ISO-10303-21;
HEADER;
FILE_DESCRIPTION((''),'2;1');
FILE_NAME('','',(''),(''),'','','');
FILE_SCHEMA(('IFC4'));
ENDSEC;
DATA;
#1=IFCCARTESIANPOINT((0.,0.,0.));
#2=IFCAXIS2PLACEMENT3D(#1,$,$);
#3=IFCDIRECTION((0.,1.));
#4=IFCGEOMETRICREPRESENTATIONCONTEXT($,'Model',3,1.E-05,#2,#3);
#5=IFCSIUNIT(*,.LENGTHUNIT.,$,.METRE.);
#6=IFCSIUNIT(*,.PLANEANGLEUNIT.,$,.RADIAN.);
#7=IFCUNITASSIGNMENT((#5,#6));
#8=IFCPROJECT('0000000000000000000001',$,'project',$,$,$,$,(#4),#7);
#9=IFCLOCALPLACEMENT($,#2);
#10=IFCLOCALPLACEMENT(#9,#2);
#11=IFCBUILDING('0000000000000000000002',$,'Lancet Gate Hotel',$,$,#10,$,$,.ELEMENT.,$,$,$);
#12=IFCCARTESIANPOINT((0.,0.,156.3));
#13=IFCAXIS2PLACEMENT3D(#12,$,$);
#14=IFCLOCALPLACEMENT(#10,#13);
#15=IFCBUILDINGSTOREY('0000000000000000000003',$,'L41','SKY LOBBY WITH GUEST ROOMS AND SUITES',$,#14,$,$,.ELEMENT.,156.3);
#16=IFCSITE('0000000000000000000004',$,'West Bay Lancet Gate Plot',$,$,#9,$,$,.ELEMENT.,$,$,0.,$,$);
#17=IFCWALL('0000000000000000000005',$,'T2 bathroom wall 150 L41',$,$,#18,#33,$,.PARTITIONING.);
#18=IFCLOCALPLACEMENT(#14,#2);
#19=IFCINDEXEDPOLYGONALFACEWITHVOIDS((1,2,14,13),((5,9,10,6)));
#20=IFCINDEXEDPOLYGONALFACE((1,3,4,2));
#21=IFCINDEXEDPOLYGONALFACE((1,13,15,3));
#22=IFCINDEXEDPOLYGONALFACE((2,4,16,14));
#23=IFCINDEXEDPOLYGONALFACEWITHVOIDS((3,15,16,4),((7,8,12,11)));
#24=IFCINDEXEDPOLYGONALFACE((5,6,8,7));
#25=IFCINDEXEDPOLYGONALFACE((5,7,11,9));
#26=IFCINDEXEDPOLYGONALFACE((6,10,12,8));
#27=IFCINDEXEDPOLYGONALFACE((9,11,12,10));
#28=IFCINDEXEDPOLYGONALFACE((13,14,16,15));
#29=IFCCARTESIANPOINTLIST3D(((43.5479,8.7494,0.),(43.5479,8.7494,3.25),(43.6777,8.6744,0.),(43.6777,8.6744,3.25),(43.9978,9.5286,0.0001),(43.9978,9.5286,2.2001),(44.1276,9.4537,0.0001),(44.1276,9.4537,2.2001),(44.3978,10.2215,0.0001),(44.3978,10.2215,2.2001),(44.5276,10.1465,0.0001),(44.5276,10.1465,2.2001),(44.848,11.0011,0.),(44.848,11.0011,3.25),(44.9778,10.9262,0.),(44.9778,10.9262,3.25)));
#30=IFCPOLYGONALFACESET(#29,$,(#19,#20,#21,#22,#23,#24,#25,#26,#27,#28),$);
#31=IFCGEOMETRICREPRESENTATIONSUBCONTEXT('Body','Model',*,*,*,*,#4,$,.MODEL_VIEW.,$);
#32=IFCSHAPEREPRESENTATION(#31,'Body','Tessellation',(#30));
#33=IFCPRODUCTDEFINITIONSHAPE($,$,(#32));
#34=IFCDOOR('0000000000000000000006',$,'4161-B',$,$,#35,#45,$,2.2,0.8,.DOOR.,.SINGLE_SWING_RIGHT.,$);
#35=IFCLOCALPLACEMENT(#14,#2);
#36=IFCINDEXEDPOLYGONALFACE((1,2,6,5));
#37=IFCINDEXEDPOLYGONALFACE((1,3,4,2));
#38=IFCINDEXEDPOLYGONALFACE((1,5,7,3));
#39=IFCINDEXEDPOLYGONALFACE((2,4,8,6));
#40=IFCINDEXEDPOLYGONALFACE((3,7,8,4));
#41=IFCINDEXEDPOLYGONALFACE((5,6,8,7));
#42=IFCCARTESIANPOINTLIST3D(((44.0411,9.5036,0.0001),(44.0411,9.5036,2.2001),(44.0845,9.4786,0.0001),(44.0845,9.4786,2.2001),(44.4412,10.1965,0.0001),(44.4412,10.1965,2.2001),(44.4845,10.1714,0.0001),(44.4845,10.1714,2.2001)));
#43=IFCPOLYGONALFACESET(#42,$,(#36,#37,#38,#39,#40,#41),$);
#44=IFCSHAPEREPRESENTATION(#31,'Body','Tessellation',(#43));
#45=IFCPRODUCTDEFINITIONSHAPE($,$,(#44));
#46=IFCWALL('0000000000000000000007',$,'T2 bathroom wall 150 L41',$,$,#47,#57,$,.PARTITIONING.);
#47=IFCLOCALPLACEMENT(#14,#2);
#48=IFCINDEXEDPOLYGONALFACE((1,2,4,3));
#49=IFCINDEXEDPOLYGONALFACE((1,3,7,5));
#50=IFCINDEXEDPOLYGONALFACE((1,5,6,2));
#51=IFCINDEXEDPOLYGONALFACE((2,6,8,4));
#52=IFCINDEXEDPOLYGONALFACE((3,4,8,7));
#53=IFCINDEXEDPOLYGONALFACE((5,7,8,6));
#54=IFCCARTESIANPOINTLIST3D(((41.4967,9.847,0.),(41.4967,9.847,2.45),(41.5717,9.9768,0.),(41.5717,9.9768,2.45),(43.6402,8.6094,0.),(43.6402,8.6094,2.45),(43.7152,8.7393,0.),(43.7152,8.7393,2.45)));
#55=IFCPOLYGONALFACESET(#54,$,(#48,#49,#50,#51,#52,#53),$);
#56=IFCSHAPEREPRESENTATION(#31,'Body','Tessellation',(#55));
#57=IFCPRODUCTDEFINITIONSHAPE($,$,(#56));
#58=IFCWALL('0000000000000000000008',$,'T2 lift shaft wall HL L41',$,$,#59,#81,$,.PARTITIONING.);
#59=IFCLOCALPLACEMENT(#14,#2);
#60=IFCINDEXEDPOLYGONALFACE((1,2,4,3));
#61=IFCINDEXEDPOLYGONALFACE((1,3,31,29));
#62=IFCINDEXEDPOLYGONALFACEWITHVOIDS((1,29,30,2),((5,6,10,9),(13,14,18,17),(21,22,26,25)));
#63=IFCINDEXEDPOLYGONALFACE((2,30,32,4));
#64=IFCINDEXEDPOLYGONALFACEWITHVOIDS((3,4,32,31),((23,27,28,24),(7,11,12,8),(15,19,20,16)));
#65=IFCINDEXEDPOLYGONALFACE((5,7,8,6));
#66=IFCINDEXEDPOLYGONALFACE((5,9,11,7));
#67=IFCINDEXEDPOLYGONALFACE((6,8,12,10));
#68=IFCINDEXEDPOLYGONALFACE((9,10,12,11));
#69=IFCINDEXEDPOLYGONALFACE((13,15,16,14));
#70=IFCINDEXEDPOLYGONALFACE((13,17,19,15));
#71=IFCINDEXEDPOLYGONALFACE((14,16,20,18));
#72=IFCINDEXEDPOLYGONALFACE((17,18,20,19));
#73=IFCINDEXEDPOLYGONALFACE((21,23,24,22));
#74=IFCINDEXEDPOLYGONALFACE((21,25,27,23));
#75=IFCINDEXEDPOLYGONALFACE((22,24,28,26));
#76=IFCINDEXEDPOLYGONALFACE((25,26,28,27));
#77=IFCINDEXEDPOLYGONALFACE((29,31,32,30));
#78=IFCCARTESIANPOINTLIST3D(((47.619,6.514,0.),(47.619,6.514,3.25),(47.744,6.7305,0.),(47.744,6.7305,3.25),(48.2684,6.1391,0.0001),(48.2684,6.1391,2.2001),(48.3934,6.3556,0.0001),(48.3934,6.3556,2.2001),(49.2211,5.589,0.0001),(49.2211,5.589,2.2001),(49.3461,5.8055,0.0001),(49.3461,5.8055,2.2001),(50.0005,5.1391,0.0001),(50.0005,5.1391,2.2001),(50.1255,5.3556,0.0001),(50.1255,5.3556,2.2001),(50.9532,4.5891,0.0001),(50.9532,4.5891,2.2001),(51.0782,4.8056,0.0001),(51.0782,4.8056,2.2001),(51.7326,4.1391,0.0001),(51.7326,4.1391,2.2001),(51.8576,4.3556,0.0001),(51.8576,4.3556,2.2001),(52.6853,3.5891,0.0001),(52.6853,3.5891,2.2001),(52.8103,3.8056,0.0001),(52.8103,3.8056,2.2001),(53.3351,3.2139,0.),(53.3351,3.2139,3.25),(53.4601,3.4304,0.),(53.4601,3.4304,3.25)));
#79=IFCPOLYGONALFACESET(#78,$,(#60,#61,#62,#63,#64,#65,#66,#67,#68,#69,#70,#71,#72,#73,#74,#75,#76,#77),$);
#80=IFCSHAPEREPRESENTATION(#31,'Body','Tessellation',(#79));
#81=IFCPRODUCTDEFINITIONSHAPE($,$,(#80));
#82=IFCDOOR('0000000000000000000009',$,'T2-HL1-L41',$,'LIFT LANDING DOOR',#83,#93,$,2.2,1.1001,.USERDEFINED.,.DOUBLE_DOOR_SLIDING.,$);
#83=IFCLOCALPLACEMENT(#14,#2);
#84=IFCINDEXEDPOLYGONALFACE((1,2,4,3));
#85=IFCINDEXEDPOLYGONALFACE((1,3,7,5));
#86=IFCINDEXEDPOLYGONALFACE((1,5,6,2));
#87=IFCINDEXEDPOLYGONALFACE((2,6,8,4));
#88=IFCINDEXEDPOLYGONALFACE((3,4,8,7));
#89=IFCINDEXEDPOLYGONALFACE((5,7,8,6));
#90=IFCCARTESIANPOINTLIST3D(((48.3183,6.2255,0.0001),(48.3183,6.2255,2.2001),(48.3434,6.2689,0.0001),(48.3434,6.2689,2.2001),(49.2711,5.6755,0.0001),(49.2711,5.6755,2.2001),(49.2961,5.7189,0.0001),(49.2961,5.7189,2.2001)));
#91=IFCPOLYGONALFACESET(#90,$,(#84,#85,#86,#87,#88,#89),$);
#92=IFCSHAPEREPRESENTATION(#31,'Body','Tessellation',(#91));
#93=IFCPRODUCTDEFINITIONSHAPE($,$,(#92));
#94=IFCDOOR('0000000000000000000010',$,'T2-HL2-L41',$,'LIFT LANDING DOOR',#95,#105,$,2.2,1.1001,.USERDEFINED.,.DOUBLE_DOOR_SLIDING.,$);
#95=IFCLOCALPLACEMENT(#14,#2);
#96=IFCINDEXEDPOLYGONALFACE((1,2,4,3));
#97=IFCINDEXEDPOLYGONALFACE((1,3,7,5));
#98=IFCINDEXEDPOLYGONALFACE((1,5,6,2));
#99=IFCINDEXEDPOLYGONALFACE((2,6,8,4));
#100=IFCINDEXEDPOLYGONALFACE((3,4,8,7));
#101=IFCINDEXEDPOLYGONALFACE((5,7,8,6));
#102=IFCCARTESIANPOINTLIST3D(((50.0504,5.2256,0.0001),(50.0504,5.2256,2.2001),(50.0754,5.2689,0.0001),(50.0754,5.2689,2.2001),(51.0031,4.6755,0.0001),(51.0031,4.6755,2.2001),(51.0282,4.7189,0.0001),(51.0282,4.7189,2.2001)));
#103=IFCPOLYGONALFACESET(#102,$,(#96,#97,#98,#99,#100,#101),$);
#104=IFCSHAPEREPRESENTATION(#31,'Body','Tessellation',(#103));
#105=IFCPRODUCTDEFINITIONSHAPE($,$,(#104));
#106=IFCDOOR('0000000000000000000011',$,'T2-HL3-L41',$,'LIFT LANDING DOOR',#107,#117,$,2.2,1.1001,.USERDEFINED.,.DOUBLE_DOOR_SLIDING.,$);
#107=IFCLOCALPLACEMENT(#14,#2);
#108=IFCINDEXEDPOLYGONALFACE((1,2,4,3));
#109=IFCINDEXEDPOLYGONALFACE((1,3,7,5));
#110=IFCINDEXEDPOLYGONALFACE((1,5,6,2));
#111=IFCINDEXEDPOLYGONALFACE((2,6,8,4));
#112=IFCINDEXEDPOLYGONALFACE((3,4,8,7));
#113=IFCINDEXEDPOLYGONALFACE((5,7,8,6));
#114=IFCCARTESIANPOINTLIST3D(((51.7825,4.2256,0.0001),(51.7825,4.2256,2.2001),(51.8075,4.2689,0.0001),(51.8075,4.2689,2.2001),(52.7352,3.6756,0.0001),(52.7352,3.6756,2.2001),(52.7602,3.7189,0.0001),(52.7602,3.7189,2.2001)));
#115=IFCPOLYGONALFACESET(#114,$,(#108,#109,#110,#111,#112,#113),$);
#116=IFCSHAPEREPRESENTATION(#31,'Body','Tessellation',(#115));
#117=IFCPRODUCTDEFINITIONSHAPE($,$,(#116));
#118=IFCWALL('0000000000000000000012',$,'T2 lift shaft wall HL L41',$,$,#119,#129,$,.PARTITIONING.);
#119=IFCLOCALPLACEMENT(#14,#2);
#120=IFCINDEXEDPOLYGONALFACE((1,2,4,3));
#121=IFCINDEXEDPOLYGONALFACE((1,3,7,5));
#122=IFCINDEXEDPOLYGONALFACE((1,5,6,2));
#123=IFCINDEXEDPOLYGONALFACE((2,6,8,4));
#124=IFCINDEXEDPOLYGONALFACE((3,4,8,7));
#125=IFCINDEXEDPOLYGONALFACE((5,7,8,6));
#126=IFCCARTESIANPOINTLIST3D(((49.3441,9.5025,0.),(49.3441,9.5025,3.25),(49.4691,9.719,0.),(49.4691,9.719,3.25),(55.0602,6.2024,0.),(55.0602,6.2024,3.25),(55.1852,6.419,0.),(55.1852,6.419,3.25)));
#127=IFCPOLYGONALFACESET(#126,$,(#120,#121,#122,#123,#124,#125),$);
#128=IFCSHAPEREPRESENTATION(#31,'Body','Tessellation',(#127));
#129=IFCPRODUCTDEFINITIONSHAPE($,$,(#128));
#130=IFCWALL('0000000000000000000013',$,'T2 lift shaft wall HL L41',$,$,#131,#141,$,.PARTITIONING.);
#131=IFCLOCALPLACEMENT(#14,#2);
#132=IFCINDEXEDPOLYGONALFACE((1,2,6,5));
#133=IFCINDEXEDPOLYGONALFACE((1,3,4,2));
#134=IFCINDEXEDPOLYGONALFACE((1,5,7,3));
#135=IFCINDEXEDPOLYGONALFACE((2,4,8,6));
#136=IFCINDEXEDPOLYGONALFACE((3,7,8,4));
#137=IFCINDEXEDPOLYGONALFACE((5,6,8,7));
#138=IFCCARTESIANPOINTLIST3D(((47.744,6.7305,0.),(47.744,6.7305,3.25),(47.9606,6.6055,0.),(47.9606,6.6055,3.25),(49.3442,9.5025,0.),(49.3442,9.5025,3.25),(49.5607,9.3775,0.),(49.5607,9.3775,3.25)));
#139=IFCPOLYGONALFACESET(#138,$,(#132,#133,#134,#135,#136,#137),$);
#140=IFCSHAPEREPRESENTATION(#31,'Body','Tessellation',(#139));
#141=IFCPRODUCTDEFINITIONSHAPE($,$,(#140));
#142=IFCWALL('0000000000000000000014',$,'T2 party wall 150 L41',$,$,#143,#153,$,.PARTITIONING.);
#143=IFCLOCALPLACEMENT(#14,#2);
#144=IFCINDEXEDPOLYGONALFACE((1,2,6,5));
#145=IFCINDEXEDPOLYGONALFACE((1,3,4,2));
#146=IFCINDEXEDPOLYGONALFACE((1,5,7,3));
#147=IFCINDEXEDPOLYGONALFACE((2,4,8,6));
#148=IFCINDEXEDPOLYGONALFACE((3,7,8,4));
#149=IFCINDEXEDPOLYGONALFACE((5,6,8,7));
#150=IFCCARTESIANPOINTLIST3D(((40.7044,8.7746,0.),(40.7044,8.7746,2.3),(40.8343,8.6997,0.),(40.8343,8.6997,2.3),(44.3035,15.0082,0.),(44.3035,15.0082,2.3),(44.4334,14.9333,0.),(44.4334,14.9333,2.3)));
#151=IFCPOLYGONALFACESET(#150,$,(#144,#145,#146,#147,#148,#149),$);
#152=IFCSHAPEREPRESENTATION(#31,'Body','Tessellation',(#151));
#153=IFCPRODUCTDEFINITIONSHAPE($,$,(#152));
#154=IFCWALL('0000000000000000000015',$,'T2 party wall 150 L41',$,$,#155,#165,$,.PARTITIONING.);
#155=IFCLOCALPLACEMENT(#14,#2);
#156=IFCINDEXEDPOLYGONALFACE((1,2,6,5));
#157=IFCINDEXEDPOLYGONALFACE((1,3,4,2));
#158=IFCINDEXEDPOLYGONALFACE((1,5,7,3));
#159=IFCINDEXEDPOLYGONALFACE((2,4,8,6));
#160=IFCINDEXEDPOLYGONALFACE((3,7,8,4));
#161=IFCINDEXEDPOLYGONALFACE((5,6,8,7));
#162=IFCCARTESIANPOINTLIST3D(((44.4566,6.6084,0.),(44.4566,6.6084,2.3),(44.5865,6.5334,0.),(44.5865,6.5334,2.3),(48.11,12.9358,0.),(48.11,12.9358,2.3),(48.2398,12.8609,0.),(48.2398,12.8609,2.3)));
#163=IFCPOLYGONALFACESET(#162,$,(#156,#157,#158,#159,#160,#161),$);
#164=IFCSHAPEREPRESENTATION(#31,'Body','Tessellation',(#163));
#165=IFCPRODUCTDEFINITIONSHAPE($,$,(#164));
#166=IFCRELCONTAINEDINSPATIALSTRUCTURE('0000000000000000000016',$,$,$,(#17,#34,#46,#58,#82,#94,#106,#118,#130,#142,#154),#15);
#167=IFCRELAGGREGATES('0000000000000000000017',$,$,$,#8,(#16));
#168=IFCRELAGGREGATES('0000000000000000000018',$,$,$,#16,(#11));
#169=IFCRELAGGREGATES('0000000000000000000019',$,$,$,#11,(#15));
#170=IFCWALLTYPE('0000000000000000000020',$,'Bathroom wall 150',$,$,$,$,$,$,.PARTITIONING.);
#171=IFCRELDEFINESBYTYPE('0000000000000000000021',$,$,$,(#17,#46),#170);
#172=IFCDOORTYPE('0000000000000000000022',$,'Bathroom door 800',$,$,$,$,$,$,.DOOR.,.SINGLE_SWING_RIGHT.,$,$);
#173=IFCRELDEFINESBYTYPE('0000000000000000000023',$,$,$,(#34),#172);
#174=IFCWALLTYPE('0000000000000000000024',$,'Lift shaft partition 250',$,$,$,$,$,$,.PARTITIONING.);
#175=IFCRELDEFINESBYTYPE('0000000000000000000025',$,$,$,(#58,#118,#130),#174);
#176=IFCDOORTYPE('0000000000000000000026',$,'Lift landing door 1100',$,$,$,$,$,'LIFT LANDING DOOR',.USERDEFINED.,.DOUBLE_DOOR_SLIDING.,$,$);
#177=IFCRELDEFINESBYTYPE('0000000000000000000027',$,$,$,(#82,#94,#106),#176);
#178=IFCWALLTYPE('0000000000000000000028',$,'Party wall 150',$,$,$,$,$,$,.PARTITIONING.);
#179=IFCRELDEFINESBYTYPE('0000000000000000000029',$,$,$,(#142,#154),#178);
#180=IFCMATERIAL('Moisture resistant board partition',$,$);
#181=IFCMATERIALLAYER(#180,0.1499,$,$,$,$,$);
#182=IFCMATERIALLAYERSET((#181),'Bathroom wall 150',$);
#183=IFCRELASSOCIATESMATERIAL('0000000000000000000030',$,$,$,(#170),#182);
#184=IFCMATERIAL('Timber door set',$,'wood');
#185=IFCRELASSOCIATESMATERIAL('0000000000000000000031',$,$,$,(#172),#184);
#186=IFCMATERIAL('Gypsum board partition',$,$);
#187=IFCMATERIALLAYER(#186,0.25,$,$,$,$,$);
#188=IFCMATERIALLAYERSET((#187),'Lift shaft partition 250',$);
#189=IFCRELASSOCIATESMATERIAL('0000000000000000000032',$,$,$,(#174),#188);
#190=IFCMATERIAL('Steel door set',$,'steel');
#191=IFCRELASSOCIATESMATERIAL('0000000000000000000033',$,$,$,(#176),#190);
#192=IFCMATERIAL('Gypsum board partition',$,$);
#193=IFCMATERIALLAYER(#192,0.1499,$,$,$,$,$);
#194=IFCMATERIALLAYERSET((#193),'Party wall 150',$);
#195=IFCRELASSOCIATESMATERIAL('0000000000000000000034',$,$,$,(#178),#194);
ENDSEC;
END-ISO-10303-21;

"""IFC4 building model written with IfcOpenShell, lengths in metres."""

from ifc_helpers import new_model, si_unit, direction, frame, frame_2d, origin, place, context, subcontext, project, spatial, rectangle, extrude, material, layer, layer_set, type_object, element, fill, save


model = new_model("IFC4")

# Units and contexts
model_context = context("Model", 3, precision=1e-05, world=origin(), true_north=direction((0.0, 1.0)))
body_context = subcontext(model_context, "Body", "Model", "MODEL_VIEW")
ifc_project = project(units=[si_unit("LENGTHUNIT", "METRE"), si_unit("PLANEANGLEUNIT", "RADIAN")], contexts=[model_context])

# Site, building, storey
site_placement = place(None, origin())
site = spatial("IfcSite", under=ifc_project, at=site_placement, Name="West Bay Lancet Gate Plot", CompositionType="ELEMENT", RefElevation=0.0)
building_placement = place(site_placement, origin())
building = spatial("IfcBuilding", under=site, at=building_placement, Name="Lancet Gate Hotel", CompositionType="ELEMENT")
storey_placement = place(building_placement, frame((0.0, 0.0, 156.3)))
storey = spatial("IfcBuildingStorey", under=building, at=storey_placement, Name="L41", Description="SKY LOBBY WITH GUEST ROOMS AND SUITES", CompositionType="ELEMENT", Elevation=156.3)

# Shared definitions
ifc_material_1 = material(Name="Moisture resistant board partition")
ifc_layer_1 = layer(ifc_material_1, 0.1499)
ifc_layer_set_1 = layer_set([ifc_layer_1], Name="Bathroom wall 150")
wall_type_1 = type_object("IfcWallType", Name="Bathroom wall 150", PredefinedType="PARTITIONING", material=ifc_layer_set_1)

# Wall, opening, door
wall_1_placement = place(storey_placement, frame((43.6128, 8.7119, 0.0), z_axis=(0.0, 0.0, 1.0), x_axis=(0.500007, 0.866021, 0.0)))
wall_1 = element("IfcWall", 1, at=wall_1_placement, inside=storey, type_object=wall_type_1, Name="T2 bathroom wall 150 L41", PredefinedType="PARTITIONING", context=body_context, shape_type="SweptSolid", body=[
    extrude(rectangle(XDim=2.6001, YDim=0.1499, at=frame_2d((1.3, 0.0))), origin(), (0.0, 0.0, 1.0), 3.25),
])
opening_1_placement = place(wall_1_placement, frame((0.8999, 0.0, 0.0)))
opening_1 = element("IfcOpeningElement", 2, at=opening_1_placement, cuts=wall_1, PredefinedType="OPENING", context=body_context, shape_type="SweptSolid", body=[
    extrude(rectangle(XDim=0.8, YDim=2.2, at=frame_2d((0.3999, 1.1001))), frame((0.0, 0.085, 0.0), z_axis=(0.0, -1.0, 0.0), x_axis=(1.0, 0.0, 0.0)), (0.0, 0.0, 1.0), 0.1699),
])
ifc_material_2 = material(Name="Timber door set", Category="wood")
door_type_1 = type_object("IfcDoorType", Name="Bathroom door 800", OperationType="SINGLE_SWING_RIGHT", PredefinedType="DOOR", material=ifc_material_2)
door_1_placement = place(opening_1_placement, origin())
door_1 = element("IfcDoor", 3, at=door_1_placement, inside=storey, type_object=door_type_1, Name="4161-B", OperationType="SINGLE_SWING_RIGHT", OverallHeight=2.2, OverallWidth=0.8, PredefinedType="DOOR", context=body_context, shape_type="SweptSolid", body=[
    extrude(rectangle(XDim=0.8, YDim=2.2, at=frame_2d((0.3999, 1.1001))), frame((0.0, 0.0249, 0.0), z_axis=(0.0, -1.0, 0.0), x_axis=(1.0, 0.0, 0.0)), (0.0, 0.0, 1.0), 0.05),
])
fill(opening_1, door_1)

# Wall
wall_2_placement = place(storey_placement, frame((41.5342, 9.9119, 0.0), z_axis=(0.0, 0.0, 1.0), x_axis=(0.866031, -0.49999, 0.0)))
element("IfcWall", 4, at=wall_2_placement, inside=storey, type_object=wall_type_1, Name="T2 bathroom wall 150 L41", PredefinedType="PARTITIONING", context=body_context, shape_type="SweptSolid", body=[
    extrude(rectangle(XDim=2.4751, YDim=0.1499, at=frame_2d((1.2375, 0.0))), origin(), (0.0, 0.0, 1.0), 2.45),
])

# Wall, openings, doors
ifc_material_3 = material(Name="Gypsum board partition")
ifc_layer_2 = layer(ifc_material_3, 0.25)
ifc_layer_set_2 = layer_set([ifc_layer_2], Name="Lift shaft partition 250")
wall_type_2 = type_object("IfcWallType", Name="Lift shaft partition 250", PredefinedType="PARTITIONING", material=ifc_layer_set_2)
wall_3_placement = place(storey_placement, frame((47.6814, 6.6223, 0.0), z_axis=(0.0, 0.0, 1.0), x_axis=(0.866033, -0.499986, 0.0)))
wall_3 = element("IfcWall", 5, at=wall_3_placement, inside=storey, type_object=wall_type_2, Name="T2 lift shaft wall HL L41", PredefinedType="PARTITIONING", context=body_context, shape_type="SweptSolid", body=[
    extrude(rectangle(XDim=6.6003, YDim=0.25, at=frame_2d((3.3003, 0.0))), origin(), (0.0, 0.0, 1.0), 3.25),
])
opening_2_placement = place(wall_3_placement, frame((0.75, 0.0, 0.0)))
opening_2 = element("IfcOpeningElement", 6, at=opening_2_placement, cuts=wall_3, PredefinedType="OPENING", context=body_context, shape_type="SweptSolid", body=[
    extrude(rectangle(XDim=1.1001, YDim=2.2, at=frame_2d((0.55, 1.1001))), frame((0.0, 0.135, 0.0), z_axis=(0.0, -1.0, 0.0), x_axis=(1.0, 0.0, 0.0)), (0.0, 0.0, 1.0), 0.27),
])
opening_3_placement = place(wall_3_placement, frame((2.75, 0.0, 0.0)))
opening_3 = element("IfcOpeningElement", 7, at=opening_3_placement, cuts=wall_3, PredefinedType="OPENING", context=body_context, shape_type="SweptSolid", body=[
    extrude(rectangle(XDim=1.1001, YDim=2.2, at=frame_2d((0.55, 1.1001))), frame((0.0, 0.135, 0.0), z_axis=(0.0, -1.0, 0.0), x_axis=(1.0, 0.0, 0.0)), (0.0, 0.0, 1.0), 0.27),
])
opening_4_placement = place(wall_3_placement, frame((4.75, 0.0, 0.0)))
opening_4 = element("IfcOpeningElement", 8, at=opening_4_placement, cuts=wall_3, PredefinedType="OPENING", context=body_context, shape_type="SweptSolid", body=[
    extrude(rectangle(XDim=1.1001, YDim=2.2, at=frame_2d((0.55, 1.1001))), frame((0.0, 0.135, 0.0), z_axis=(0.0, -1.0, 0.0), x_axis=(1.0, 0.0, 0.0)), (0.0, 0.0, 1.0), 0.27),
])
ifc_material_4 = material(Name="Steel door set", Category="steel")
door_type_2 = type_object("IfcDoorType", Name="Lift landing door 1100", ElementType="LIFT LANDING DOOR", OperationType="DOUBLE_DOOR_SLIDING", PredefinedType="USERDEFINED", material=ifc_material_4)
door_2_placement = place(opening_2_placement, origin())
door_2 = element("IfcDoor", 9, at=door_2_placement, inside=storey, type_object=door_type_2, Name="T2-HL1-L41", ObjectType="LIFT LANDING DOOR", OperationType="DOUBLE_DOOR_SLIDING", OverallHeight=2.2, OverallWidth=1.1001, PredefinedType="USERDEFINED", context=body_context, shape_type="SweptSolid", body=[
    extrude(rectangle(XDim=1.1001, YDim=2.2, at=frame_2d((0.55, 1.1001))), frame((0.0, 0.0249, 0.0), z_axis=(0.0, -1.0, 0.0), x_axis=(1.0, 0.0, 0.0)), (0.0, 0.0, 1.0), 0.05),
])
fill(opening_2, door_2)
door_3_placement = place(opening_3_placement, origin())
door_3 = element("IfcDoor", 10, at=door_3_placement, inside=storey, type_object=door_type_2, Name="T2-HL2-L41", ObjectType="LIFT LANDING DOOR", OperationType="DOUBLE_DOOR_SLIDING", OverallHeight=2.2, OverallWidth=1.1001, PredefinedType="USERDEFINED", context=body_context, shape_type="SweptSolid", body=[
    extrude(rectangle(XDim=1.1001, YDim=2.2, at=frame_2d((0.55, 1.1001))), frame((0.0, 0.0249, 0.0), z_axis=(0.0, -1.0, 0.0), x_axis=(1.0, 0.0, 0.0)), (0.0, 0.0, 1.0), 0.05),
])
fill(opening_3, door_3)
door_4_placement = place(opening_4_placement, origin())
door_4 = element("IfcDoor", 11, at=door_4_placement, inside=storey, type_object=door_type_2, Name="T2-HL3-L41", ObjectType="LIFT LANDING DOOR", OperationType="DOUBLE_DOOR_SLIDING", OverallHeight=2.2, OverallWidth=1.1001, PredefinedType="USERDEFINED", context=body_context, shape_type="SweptSolid", body=[
    extrude(rectangle(XDim=1.1001, YDim=2.2, at=frame_2d((0.55, 1.1001))), frame((0.0, 0.0249, 0.0), z_axis=(0.0, -1.0, 0.0), x_axis=(1.0, 0.0, 0.0)), (0.0, 0.0, 1.0), 0.05),
])
fill(opening_4, door_4)

# Walls
wall_4_placement = place(storey_placement, frame((49.4065, 9.6108, 0.0), z_axis=(0.0, 0.0, 1.0), x_axis=(0.866033, -0.499986, 0.0)))
element("IfcWall", 12, at=wall_4_placement, inside=storey, type_object=wall_type_2, Name="T2 lift shaft wall HL L41", PredefinedType="PARTITIONING", context=body_context, shape_type="SweptSolid", body=[
    extrude(rectangle(XDim=6.6003, YDim=0.25, at=frame_2d((3.3003, 0.0))), origin(), (0.0, 0.0, 1.0), 3.25),
])
wall_5_placement = place(storey_placement, frame((47.8523, 6.668, 0.0), z_axis=(0.0, 0.0, 1.0), x_axis=(0.499929, 0.866066, 0.0)))
element("IfcWall", 13, at=wall_5_placement, inside=storey, type_object=wall_type_2, Name="T2 lift shaft wall HL L41", PredefinedType="PARTITIONING", context=body_context, shape_type="SweptSolid", body=[
    extrude(rectangle(XDim=3.2007, YDim=0.25, at=frame_2d((1.6003, 0.0))), origin(), (0.0, 0.0, 1.0), 3.25),
])
ifc_material_5 = material(Name="Gypsum board partition")
ifc_layer_3 = layer(ifc_material_5, 0.1499)
ifc_layer_set_3 = layer_set([ifc_layer_3], Name="Party wall 150")
wall_type_3 = type_object("IfcWallType", Name="Party wall 150", PredefinedType="PARTITIONING", material=ifc_layer_set_3)
wall_6_placement = place(storey_placement, frame((40.7693, 8.7371, 0.0), z_axis=(0.0, 0.0, 1.0), x_axis=(0.500013, 0.866018, 0.0)))
element("IfcWall", 14, at=wall_6_placement, inside=storey, type_object=wall_type_3, Name="T2 party wall 150 L41", PredefinedType="PARTITIONING", context=body_context, shape_type="SweptSolid", body=[
    extrude(rectangle(XDim=7.198, YDim=0.1499, at=frame_2d((3.5991, 0.0))), origin(), (0.0, 0.0, 1.0), 2.3),
])
wall_7_placement = place(storey_placement, frame((44.5215, 6.5708, 0.0), z_axis=(0.0, 0.0, 1.0), x_axis=(0.50002, 0.866014, 0.0)))
element("IfcWall", 15, at=wall_7_placement, inside=storey, type_object=wall_type_3, Name="T2 party wall 150 L41", PredefinedType="PARTITIONING", context=body_context, shape_type="SweptSolid", body=[
    extrude(rectangle(XDim=7.3064, YDim=0.1499, at=frame_2d((3.6533, 0.0))), origin(), (0.0, 0.0, 1.0), 2.3),
])

save(model, "model.ifc")
